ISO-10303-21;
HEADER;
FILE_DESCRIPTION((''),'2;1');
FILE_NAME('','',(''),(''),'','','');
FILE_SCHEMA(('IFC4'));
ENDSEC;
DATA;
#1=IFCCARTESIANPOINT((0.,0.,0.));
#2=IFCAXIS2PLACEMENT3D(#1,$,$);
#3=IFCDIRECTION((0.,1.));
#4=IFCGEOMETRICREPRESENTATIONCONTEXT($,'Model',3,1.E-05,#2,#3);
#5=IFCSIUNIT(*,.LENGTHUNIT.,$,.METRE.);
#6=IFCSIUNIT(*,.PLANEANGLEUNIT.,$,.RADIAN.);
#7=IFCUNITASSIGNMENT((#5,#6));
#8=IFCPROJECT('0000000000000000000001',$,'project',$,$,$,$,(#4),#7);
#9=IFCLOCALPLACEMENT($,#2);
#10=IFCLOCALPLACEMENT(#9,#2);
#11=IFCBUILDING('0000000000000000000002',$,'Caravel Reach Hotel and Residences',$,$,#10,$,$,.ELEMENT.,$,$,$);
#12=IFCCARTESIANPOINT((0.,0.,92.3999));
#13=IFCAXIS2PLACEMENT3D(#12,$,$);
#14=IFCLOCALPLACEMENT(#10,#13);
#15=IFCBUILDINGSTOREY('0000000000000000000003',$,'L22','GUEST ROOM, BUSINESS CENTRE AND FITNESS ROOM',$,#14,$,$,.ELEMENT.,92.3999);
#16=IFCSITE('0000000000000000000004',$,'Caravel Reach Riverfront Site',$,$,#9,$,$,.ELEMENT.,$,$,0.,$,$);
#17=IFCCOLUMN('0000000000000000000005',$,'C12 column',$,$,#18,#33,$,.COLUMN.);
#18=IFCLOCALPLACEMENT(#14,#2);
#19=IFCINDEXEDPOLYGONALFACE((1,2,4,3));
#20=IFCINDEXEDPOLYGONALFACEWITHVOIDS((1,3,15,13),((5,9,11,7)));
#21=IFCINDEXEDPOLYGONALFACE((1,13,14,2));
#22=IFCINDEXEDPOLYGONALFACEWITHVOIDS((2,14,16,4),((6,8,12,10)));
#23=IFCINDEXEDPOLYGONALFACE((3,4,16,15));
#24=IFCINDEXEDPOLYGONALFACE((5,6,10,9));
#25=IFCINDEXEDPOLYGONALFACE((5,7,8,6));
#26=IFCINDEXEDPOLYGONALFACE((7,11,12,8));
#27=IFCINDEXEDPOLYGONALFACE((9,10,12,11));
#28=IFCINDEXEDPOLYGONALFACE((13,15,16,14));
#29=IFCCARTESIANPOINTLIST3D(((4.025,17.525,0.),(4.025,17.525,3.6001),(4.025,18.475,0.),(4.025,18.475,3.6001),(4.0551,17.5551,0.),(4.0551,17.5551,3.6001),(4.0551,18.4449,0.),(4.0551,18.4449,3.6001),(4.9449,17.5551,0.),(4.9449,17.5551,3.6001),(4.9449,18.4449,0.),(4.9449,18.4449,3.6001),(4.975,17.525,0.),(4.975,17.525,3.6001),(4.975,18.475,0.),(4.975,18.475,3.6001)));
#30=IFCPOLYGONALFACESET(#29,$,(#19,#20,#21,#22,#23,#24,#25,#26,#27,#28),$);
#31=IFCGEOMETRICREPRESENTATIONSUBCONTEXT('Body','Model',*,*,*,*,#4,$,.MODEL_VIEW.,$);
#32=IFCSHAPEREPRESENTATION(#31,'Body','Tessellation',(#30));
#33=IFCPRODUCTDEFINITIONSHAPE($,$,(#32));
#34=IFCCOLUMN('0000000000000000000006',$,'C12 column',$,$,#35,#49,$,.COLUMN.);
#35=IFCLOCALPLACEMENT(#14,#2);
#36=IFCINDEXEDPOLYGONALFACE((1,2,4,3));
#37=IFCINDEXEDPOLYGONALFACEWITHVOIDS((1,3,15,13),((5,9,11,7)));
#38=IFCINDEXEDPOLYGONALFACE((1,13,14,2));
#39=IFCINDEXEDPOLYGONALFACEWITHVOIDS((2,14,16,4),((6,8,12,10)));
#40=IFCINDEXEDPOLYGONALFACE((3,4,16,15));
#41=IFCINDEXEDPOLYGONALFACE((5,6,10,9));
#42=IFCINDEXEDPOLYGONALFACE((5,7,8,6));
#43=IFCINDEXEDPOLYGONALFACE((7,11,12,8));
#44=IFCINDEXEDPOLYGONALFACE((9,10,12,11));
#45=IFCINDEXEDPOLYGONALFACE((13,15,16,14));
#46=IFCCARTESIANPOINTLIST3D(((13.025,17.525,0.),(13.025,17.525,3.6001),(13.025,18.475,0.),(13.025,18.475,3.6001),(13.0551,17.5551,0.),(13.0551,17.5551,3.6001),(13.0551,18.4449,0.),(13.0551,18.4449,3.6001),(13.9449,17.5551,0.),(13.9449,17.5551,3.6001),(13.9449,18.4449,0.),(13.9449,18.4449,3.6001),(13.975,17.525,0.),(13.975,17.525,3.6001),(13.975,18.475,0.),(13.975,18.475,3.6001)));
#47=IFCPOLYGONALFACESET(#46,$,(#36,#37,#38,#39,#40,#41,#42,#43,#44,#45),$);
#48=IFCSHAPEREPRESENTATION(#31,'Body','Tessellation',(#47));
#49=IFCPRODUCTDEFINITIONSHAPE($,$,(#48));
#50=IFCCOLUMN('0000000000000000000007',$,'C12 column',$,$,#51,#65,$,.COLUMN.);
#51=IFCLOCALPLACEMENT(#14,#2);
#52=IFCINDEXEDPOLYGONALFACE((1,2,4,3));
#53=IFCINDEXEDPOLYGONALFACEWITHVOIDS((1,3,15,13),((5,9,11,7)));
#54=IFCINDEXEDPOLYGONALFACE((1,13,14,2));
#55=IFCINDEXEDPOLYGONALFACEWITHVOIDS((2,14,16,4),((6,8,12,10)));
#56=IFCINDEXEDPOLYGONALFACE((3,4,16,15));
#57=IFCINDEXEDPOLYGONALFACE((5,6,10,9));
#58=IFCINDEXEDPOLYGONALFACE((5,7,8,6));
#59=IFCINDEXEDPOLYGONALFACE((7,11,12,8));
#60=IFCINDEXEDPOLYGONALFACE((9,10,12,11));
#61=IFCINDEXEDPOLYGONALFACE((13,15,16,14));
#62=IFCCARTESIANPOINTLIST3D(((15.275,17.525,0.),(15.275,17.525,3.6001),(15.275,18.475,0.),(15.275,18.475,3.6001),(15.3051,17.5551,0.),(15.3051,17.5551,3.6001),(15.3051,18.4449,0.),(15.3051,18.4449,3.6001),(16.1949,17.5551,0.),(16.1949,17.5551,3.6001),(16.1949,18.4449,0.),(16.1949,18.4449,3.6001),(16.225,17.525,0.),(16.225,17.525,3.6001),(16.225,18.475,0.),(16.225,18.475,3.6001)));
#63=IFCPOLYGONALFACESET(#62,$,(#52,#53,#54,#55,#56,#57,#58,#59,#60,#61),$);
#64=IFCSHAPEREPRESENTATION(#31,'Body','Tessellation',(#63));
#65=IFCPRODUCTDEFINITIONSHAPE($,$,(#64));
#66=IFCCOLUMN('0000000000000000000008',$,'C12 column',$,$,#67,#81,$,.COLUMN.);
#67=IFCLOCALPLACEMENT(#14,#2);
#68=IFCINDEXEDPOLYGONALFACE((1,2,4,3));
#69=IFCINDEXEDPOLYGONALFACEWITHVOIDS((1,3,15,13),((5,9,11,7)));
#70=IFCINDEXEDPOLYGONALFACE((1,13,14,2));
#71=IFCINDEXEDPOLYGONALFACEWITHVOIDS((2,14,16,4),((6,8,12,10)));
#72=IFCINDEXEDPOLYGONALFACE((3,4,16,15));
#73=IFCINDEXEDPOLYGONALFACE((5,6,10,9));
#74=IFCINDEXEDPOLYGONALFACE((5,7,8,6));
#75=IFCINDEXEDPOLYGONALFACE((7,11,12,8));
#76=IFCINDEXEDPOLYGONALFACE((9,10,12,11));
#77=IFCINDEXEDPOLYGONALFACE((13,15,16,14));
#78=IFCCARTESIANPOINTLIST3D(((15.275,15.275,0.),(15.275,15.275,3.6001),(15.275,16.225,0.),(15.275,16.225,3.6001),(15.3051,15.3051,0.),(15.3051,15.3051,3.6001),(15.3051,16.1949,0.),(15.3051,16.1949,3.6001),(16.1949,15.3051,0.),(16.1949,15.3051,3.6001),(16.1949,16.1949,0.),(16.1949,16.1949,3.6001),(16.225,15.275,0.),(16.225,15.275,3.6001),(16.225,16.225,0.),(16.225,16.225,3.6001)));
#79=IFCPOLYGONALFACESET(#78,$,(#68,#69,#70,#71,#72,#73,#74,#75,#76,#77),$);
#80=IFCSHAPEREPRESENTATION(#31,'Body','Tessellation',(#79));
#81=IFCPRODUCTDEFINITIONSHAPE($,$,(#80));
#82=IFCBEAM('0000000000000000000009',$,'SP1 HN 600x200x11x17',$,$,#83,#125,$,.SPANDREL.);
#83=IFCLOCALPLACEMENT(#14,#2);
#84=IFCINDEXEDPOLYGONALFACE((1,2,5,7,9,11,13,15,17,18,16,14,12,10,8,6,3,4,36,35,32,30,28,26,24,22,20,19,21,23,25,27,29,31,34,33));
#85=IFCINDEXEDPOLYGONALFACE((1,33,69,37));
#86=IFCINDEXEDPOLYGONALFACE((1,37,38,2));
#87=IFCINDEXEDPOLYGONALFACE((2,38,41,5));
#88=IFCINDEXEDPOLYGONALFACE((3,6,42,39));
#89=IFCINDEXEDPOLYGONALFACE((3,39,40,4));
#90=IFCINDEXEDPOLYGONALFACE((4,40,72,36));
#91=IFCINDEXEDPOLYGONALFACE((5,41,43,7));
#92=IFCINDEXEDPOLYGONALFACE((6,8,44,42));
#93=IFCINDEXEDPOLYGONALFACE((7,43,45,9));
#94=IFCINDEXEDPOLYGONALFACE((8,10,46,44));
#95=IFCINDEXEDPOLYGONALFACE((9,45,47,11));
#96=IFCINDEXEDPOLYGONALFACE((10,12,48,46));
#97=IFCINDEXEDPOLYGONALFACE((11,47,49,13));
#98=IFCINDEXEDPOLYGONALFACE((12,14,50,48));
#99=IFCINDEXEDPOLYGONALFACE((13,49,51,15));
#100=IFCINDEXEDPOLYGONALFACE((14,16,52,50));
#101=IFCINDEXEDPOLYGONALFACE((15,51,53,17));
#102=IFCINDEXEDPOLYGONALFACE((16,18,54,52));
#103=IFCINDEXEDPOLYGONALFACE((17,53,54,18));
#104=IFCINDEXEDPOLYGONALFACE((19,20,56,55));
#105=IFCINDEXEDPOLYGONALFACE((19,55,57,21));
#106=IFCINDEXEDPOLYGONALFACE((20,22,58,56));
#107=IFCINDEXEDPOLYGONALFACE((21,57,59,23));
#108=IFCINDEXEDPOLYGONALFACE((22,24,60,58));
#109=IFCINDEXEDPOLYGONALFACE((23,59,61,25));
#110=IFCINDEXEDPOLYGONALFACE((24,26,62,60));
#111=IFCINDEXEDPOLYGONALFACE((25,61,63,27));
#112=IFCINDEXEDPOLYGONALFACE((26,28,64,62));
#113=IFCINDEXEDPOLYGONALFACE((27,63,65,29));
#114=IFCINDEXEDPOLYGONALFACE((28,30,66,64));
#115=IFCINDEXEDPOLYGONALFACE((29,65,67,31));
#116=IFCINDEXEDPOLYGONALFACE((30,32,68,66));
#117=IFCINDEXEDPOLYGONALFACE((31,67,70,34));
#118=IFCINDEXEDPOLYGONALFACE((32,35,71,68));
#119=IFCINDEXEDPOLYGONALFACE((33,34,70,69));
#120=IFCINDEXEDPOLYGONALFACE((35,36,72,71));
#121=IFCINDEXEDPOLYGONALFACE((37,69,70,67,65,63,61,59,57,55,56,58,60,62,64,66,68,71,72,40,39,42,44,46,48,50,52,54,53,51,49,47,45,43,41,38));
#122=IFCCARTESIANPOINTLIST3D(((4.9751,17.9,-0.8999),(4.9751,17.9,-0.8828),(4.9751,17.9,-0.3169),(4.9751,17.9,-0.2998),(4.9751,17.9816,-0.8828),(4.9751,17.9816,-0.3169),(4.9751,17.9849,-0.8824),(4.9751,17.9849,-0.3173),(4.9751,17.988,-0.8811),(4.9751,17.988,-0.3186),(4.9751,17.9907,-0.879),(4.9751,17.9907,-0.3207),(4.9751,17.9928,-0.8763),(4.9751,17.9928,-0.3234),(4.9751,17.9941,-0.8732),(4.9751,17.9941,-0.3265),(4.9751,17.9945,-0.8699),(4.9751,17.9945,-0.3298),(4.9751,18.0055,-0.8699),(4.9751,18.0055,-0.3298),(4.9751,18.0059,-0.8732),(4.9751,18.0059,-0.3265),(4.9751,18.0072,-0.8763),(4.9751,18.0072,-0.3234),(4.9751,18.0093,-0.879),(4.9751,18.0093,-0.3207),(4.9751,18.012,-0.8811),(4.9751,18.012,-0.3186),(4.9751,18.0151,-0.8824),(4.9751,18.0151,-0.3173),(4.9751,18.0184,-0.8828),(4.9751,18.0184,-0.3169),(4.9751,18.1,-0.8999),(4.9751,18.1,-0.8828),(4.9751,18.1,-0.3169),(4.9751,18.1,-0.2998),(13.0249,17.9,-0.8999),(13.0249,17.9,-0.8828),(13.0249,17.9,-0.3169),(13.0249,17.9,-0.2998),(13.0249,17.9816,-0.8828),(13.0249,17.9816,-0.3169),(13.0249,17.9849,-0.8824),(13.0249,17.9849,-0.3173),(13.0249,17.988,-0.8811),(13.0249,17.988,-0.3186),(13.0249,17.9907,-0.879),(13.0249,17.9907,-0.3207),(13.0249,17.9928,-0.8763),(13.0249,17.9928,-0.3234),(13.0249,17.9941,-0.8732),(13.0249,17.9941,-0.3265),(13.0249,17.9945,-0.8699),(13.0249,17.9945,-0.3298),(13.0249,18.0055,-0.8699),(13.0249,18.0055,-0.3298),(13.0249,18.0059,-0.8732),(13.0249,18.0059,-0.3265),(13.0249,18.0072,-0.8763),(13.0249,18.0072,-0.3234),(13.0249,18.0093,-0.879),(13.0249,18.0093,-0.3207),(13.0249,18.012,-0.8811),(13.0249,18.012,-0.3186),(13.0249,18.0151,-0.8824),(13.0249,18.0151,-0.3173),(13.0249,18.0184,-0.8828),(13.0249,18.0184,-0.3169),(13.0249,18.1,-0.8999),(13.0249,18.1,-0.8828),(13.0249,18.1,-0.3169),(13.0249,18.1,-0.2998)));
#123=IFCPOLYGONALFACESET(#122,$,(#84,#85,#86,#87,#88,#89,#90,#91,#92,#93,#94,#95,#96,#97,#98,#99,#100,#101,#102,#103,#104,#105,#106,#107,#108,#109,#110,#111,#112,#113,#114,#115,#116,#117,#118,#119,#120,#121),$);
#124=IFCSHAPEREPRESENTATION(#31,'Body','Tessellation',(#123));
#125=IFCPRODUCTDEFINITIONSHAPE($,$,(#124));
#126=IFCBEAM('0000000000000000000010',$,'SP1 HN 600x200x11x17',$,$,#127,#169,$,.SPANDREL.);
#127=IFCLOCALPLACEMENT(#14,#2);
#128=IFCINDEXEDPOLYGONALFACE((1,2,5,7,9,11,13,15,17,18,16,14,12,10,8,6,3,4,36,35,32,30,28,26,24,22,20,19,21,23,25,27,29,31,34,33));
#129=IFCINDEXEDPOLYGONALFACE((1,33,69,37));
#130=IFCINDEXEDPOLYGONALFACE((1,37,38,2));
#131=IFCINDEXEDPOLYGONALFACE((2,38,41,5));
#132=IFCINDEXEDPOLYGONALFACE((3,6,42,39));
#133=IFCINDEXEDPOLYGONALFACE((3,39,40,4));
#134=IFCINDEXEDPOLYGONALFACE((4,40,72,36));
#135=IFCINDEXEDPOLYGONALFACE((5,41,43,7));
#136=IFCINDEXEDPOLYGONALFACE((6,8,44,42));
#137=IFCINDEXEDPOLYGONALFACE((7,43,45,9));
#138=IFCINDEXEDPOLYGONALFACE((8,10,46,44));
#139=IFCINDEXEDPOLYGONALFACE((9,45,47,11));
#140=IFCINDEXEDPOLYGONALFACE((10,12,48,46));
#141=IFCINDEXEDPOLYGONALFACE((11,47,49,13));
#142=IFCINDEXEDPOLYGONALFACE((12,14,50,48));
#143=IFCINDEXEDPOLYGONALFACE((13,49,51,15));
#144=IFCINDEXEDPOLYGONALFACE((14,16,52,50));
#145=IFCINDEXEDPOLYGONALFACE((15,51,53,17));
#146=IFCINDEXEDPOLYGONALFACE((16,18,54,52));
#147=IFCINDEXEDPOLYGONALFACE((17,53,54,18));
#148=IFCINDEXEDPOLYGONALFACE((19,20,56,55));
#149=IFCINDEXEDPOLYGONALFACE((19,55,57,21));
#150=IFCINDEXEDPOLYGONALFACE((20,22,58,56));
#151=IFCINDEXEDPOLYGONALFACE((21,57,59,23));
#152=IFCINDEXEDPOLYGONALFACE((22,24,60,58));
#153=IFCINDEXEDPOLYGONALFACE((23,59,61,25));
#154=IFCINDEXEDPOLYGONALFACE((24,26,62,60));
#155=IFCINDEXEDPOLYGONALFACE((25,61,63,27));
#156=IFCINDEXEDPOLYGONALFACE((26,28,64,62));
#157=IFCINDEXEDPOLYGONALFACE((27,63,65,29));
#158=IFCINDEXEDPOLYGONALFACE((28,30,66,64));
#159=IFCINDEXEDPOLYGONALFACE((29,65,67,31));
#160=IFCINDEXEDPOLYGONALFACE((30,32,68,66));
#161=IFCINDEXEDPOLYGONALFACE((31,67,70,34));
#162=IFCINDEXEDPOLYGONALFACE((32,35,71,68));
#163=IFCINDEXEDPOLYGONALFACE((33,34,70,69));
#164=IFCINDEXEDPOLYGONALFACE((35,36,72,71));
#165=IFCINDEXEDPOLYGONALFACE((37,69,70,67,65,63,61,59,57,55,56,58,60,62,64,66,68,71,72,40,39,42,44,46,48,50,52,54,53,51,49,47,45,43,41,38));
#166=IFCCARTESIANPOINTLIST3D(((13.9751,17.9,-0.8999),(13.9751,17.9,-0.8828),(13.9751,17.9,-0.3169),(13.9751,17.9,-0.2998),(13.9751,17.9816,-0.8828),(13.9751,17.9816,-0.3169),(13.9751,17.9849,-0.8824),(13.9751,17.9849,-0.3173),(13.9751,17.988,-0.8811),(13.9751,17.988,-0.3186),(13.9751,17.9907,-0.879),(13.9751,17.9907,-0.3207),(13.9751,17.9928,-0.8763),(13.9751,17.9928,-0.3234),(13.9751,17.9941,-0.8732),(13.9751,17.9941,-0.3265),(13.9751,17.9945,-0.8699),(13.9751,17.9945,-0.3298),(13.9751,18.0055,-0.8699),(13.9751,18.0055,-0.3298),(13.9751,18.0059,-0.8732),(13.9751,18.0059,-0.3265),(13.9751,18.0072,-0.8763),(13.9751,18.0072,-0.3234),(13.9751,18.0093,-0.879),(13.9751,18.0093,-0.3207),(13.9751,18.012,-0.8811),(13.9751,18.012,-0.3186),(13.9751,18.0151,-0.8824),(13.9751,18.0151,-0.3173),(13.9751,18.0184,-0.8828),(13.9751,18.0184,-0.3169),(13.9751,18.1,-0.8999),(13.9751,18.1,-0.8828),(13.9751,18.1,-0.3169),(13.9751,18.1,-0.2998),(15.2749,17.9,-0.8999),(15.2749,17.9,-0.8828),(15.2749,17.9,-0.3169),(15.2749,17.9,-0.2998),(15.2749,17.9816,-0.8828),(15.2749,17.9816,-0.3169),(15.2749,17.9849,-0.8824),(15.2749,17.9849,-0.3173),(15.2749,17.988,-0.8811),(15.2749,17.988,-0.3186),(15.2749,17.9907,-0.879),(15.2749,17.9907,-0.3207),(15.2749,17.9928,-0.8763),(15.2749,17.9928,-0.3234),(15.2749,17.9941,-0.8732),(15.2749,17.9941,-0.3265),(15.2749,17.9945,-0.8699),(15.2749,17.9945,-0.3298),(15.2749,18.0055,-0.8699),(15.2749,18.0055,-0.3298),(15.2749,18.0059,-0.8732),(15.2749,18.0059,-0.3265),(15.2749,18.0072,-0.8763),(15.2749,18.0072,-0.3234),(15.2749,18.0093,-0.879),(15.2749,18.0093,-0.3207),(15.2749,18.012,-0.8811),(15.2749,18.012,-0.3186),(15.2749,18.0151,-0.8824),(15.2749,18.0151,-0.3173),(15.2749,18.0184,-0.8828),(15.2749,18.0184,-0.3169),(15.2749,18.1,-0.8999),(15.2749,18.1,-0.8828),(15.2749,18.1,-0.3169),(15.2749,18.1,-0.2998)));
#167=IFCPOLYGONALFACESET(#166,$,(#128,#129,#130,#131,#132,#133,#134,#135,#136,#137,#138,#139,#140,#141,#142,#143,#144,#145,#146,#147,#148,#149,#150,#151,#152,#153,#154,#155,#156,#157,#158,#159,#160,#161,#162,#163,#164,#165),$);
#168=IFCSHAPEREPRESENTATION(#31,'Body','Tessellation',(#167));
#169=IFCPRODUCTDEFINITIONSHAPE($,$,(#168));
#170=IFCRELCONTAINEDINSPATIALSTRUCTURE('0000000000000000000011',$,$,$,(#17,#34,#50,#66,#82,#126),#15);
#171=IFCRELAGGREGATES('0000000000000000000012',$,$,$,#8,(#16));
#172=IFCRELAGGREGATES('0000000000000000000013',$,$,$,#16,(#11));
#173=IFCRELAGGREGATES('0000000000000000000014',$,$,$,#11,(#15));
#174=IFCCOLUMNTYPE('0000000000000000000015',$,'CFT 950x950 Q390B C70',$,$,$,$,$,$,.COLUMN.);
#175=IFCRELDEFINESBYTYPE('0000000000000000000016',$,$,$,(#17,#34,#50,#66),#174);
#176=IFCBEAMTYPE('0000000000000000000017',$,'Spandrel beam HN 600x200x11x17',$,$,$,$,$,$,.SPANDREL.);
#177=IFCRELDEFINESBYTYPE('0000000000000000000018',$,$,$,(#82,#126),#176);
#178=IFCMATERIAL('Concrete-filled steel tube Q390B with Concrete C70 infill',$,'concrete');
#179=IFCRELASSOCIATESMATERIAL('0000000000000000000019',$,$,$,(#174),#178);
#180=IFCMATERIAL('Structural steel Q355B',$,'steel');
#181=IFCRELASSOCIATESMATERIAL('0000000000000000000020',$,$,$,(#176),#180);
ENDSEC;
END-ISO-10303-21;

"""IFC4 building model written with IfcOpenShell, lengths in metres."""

from ifc_helpers import new_model, si_unit, direction, frame, origin, origin_2d, place, context, subcontext, project, spatial, hollow_rectangle, i_section, extrude, material, material_profile, profile_set, type_object, element, save


model = new_model("IFC4")

# Units and contexts
model_context = context("Model", 3, precision=1e-05, world=origin(), true_north=direction((0.0, 1.0)))
body_context = subcontext(model_context, "Body", "Model", "MODEL_VIEW")
ifc_project = project(units=[si_unit("LENGTHUNIT", "METRE"), si_unit("PLANEANGLEUNIT", "RADIAN")], contexts=[model_context])

# Site, building, storey
site_placement = place(None, origin())
site = spatial("IfcSite", under=ifc_project, at=site_placement, Name="Caravel Reach Riverfront Site", CompositionType="ELEMENT", RefElevation=0.0)
building_placement = place(site_placement, origin())
building = spatial("IfcBuilding", under=site, at=building_placement, Name="Caravel Reach Hotel and Residences", CompositionType="ELEMENT")
storey_placement = place(building_placement, frame((0.0, 0.0, 92.3999)))
storey = spatial("IfcBuildingStorey", under=building, at=storey_placement, Name="L22", Description="GUEST ROOM, BUSINESS CENTRE AND FITNESS ROOM", CompositionType="ELEMENT", Elevation=92.3999)

# Columns
ifc_material_1 = material(Name="Concrete-filled steel tube Q390B with Concrete C70 infill", Category="concrete")
ifc_material_profile_1 = material_profile(ifc_material_1, hollow_rectangle(XDim=0.95, YDim=0.95, WallThickness=0.03, at=origin_2d()), Name="RHS 950x950x30")
ifc_profile_set_1 = profile_set([ifc_material_profile_1], Name="Concrete-filled steel tube Q390B with Concrete C70 infill")
column_type = type_object("IfcColumnType", Name="CFT 950x950 Q390B C70", PredefinedType="COLUMN", material=ifc_profile_set_1)
for number, where, z_axis, x_axis, name in (
    (1, (4.5, 18.0, 0.0), (0.0, 0.0, 1.0), (1.0, 0.0, 0.0), "C12 column"),
    (2, (13.5, 18.0, 0.0), (0.0, 0.0, 1.0), (1.0, 0.0, 0.0), "C12 column"),
    (3, (15.75, 18.0, 0.0), (0.0, 0.0, 1.0), (1.0, 0.0, 0.0), "C12 column"),
    (4, (15.75, 15.75, 0.0), (0.0, 0.0, 1.0), (1.0, 0.0, 0.0), "C12 column"),
):
    element("IfcColumn", number, at=place(storey_placement, frame(where, z_axis=z_axis, x_axis=x_axis)), inside=storey, type_object=column_type, Name=name, PredefinedType="COLUMN", context=body_context, shape_type="SweptSolid", body=[
        extrude(hollow_rectangle(XDim=0.95, YDim=0.95, WallThickness=0.03, at=origin_2d()), origin(), (0.0, 0.0, 1.0), 3.6001),
    ])

# Beams
ifc_material_2 = material(Name="Structural steel Q355B", Category="steel")
ifc_material_profile_2 = material_profile(ifc_material_2, i_section(OverallWidth=0.2, OverallDepth=0.6001, WebThickness=0.011, FlangeThickness=0.0171, FilletRadius=0.0129, at=origin_2d()), Name="HN 600x200x11x17")
ifc_profile_set_2 = profile_set([ifc_material_profile_2], Name="Structural steel Q355B")
beam_type = type_object("IfcBeamType", Name="Spandrel beam HN 600x200x11x17", PredefinedType="SPANDREL", material=ifc_profile_set_2)
beam_placement = place(storey_placement, frame((4.9751, 18.0, -0.5999), z_axis=(1.0, 0.0, 0.0), x_axis=(0.0, 1.0, 0.0)))
element("IfcBeam", 5, at=beam_placement, inside=storey, type_object=beam_type, Name="SP1 HN 600x200x11x17", PredefinedType="SPANDREL", context=body_context, shape_type="SweptSolid", body=[
    extrude(i_section(OverallWidth=0.2, OverallDepth=0.6001, WebThickness=0.011, FlangeThickness=0.0171, FilletRadius=0.0129, at=origin_2d()), origin(), (0.0, 0.0, 1.0), 8.0498),
])
for number, where, z_axis, x_axis, name in (
    (6, (13.9751, 18.0, -0.5999), (1.0, 0.0, 0.0), (0.0, 1.0, 0.0), "SP1 HN 600x200x11x17"),
):
    element("IfcBeam", number, at=place(storey_placement, frame(where, z_axis=z_axis, x_axis=x_axis)), inside=storey, type_object=beam_type, Name=name, PredefinedType="SPANDREL", context=body_context, shape_type="SweptSolid", body=[
        extrude(i_section(OverallWidth=0.2, OverallDepth=0.6001, WebThickness=0.011, FlangeThickness=0.0171, FilletRadius=0.0129, at=origin_2d()), origin(), (0.0, 0.0, 1.0), 1.2998),
    ])

save(model, "model.ifc")
